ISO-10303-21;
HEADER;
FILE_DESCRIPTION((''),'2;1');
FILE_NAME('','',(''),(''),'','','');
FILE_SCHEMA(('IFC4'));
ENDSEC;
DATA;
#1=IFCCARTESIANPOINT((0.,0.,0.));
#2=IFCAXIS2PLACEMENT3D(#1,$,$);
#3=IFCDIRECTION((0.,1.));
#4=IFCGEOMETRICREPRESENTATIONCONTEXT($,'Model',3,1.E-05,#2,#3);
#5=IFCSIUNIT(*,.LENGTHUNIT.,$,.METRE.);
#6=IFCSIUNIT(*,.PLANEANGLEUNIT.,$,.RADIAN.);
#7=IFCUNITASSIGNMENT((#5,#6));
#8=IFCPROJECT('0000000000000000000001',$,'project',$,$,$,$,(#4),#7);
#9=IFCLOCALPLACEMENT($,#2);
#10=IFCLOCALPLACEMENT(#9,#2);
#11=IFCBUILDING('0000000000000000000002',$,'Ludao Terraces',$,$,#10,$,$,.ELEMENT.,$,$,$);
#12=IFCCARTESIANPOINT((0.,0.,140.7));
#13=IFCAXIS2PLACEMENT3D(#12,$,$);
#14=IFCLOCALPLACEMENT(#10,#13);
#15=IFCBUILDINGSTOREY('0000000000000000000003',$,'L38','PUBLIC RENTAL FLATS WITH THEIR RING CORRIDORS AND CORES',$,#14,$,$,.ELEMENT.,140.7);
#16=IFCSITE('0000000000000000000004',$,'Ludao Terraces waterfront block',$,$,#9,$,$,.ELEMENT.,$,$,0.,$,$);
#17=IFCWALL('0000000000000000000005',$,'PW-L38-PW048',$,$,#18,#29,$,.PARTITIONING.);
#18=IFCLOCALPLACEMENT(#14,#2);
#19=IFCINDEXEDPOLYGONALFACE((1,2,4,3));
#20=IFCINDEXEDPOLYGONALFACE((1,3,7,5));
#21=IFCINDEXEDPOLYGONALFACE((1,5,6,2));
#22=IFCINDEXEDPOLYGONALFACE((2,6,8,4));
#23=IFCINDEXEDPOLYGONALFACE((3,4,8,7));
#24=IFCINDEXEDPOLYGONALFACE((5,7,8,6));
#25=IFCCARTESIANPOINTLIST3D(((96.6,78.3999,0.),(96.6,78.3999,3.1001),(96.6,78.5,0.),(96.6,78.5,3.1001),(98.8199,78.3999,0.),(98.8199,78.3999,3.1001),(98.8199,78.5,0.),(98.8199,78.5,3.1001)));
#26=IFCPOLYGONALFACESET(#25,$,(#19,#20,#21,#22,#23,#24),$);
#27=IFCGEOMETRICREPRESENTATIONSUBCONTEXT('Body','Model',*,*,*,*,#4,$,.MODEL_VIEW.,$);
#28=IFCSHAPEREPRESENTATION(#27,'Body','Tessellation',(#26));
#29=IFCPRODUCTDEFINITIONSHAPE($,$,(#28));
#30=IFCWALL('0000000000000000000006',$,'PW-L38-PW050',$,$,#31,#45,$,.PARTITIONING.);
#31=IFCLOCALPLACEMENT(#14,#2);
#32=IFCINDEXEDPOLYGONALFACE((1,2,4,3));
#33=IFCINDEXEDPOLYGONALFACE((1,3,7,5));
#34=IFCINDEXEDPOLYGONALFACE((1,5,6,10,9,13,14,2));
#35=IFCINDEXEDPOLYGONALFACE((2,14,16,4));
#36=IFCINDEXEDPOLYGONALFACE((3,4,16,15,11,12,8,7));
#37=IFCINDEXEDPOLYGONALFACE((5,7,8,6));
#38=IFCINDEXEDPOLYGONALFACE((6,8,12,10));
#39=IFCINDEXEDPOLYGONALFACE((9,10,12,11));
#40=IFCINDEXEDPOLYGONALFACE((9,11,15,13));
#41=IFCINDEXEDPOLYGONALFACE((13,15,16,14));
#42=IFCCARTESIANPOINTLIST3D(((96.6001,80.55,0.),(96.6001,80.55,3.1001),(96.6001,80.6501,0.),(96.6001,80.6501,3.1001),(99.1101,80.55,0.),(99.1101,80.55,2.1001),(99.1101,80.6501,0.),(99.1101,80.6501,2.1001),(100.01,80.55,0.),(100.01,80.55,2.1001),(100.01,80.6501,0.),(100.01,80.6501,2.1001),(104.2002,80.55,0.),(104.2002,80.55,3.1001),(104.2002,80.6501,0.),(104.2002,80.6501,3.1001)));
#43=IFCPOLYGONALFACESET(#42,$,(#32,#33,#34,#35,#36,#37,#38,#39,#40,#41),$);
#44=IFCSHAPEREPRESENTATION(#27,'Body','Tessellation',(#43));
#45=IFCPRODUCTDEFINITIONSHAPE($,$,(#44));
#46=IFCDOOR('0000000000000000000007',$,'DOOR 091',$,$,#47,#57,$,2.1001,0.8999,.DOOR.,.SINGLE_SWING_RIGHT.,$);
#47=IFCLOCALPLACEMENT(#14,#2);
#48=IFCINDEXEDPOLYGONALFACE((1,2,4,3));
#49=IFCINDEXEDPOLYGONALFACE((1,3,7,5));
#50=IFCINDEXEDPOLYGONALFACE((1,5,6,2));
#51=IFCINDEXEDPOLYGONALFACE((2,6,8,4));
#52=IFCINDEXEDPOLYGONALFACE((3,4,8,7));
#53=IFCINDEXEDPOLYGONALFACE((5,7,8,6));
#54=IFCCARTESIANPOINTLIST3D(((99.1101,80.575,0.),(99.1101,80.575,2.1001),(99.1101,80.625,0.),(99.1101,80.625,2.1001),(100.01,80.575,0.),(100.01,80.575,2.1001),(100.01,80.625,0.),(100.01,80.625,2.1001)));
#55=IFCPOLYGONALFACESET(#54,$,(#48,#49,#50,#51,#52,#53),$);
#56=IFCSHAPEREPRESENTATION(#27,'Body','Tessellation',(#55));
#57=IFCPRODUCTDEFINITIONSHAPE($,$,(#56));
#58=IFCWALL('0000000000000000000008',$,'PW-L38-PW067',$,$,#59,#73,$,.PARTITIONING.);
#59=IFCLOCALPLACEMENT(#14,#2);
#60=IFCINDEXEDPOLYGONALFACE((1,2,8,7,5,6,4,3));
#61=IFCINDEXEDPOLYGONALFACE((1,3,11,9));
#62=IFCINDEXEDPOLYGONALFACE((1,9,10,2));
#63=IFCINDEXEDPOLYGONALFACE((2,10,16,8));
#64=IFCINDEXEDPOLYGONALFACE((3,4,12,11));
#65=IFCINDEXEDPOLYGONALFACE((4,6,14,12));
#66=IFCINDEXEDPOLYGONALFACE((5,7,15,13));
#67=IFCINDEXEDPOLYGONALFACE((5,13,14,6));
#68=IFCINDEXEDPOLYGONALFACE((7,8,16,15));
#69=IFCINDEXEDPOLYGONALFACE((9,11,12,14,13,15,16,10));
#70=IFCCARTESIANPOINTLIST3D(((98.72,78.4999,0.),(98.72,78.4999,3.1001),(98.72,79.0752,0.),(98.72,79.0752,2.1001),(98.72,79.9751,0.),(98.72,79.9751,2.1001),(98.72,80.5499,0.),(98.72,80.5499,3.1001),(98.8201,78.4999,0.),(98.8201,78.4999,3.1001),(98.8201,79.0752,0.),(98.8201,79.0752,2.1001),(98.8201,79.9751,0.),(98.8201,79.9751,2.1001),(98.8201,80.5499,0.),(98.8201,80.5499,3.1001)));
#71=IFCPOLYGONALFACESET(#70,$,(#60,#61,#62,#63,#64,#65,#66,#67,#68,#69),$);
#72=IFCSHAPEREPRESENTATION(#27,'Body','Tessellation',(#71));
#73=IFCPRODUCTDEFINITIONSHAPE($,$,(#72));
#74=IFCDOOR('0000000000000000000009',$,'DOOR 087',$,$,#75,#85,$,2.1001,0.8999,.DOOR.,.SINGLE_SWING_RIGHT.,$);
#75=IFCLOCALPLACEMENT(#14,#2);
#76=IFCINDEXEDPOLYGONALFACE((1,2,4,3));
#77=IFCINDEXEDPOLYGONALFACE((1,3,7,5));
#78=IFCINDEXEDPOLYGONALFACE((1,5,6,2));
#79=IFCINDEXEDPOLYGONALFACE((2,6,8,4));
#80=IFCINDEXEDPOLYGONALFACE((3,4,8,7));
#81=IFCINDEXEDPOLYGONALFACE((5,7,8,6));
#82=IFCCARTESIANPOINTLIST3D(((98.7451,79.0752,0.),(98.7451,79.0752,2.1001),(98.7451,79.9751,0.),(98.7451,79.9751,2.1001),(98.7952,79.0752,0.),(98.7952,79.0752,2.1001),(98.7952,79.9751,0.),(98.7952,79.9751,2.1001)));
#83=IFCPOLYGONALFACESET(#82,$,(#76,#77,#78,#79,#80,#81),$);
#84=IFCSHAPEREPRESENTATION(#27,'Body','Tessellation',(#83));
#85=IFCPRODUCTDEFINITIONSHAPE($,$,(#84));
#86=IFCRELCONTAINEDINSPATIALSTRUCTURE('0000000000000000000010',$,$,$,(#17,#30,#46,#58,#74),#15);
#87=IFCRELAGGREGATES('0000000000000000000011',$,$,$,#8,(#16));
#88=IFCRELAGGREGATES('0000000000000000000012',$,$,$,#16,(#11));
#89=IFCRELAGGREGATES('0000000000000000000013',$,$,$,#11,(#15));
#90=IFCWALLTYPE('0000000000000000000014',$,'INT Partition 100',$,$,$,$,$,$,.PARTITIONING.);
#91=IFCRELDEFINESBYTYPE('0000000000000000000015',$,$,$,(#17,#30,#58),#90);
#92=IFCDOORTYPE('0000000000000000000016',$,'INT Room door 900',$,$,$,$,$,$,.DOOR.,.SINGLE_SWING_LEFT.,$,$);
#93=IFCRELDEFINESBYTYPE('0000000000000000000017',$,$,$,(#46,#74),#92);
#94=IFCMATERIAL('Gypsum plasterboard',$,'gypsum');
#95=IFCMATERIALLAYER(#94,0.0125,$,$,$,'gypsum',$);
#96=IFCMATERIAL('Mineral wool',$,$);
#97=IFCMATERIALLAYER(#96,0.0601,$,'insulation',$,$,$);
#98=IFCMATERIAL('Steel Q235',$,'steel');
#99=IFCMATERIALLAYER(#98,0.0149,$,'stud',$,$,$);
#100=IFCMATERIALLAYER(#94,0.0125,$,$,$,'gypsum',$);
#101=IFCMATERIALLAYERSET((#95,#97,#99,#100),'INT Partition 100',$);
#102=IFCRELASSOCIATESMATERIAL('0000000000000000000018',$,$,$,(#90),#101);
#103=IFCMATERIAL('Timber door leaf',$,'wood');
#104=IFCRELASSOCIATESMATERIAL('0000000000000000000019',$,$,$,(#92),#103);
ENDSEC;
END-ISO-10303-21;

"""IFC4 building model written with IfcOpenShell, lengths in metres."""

from ifc_helpers import new_model, si_unit, direction, frame, frame_2d, origin, place, context, subcontext, project, spatial, rectangle, extrude, material, layer, layer_set, type_object, element, fill, save


model = new_model("IFC4")

# Units and contexts
model_context = context("Model", 3, precision=1e-05, world=origin(), true_north=direction((0.0, 1.0)))
body_context = subcontext(model_context, "Body", "Model", "MODEL_VIEW")
ifc_project = project(units=[si_unit("LENGTHUNIT", "METRE"), si_unit("PLANEANGLEUNIT", "RADIAN")], contexts=[model_context])

# Site, building, storey
site_placement = place(None, origin())
site = spatial("IfcSite", under=ifc_project, at=site_placement, Name="Ludao Terraces waterfront block", CompositionType="ELEMENT", RefElevation=0.0)
building_placement = place(site_placement, origin())
building = spatial("IfcBuilding", under=site, at=building_placement, Name="Ludao Terraces", CompositionType="ELEMENT")
storey_placement = place(building_placement, frame((0.0, 0.0, 140.7)))
storey = spatial("IfcBuildingStorey", under=building, at=storey_placement, Name="L38", Description="PUBLIC RENTAL FLATS WITH THEIR RING CORRIDORS AND CORES", CompositionType="ELEMENT", Elevation=140.7)

# Shared definitions
ifc_material_1 = material(Name="Steel Q235", Category="steel")

# Shared definitions
ifc_material_2 = material(Name="Mineral wool")

# Wall
ifc_material_3 = material(Name="Gypsum plasterboard", Category="gypsum")
ifc_layer_1 = layer(ifc_material_3, 0.0125, Category="gypsum")
ifc_layer_2 = layer(ifc_material_2, 0.0601, Name="insulation")
ifc_layer_3 = layer(ifc_material_1, 0.0149, Name="stud")
ifc_layer_4 = layer(ifc_material_3, 0.0125, Category="gypsum")
ifc_layer_set_1 = layer_set([ifc_layer_1, ifc_layer_2, ifc_layer_3, ifc_layer_4], Name="INT Partition 100")
wall_type_1 = type_object("IfcWallType", Name="INT Partition 100", PredefinedType="PARTITIONING", material=ifc_layer_set_1)
for number, where, z_axis, x_axis, name in (
    (1, (96.6001, 78.45, 0.0), (0.0, 0.0, 1.0), (1.0, 0.0, 0.0), "PW-L38-PW048"),
):
    element("IfcWall", number, at=place(storey_placement, frame(where, z_axis=z_axis, x_axis=x_axis)), inside=storey, type_object=wall_type_1, Name=name, PredefinedType="PARTITIONING", context=body_context, shape_type="SweptSolid", body=[
        extrude(rectangle(XDim=2.22, YDim=0.1001, at=frame_2d((1.1099, 0.0))), origin(), (0.0, 0.0, 1.0), 3.1001),
    ])

# Walls, openings, doors
wall_1_placement = place(storey_placement, frame((96.6001, 80.6001, 0.0), z_axis=(0.0, 0.0, 1.0), x_axis=(1.0, 0.0, 0.0)))
wall_1 = element("IfcWall", 2, at=wall_1_placement, inside=storey, type_object=wall_type_1, Name="PW-L38-PW050", PredefinedType="PARTITIONING", context=body_context, shape_type="SweptSolid", body=[
    extrude(rectangle(XDim=7.6001, YDim=0.1001, at=frame_2d((3.8, 0.0))), origin(), (0.0, 0.0, 1.0), 3.1001),
])
opening_1_placement = place(wall_1_placement, frame((2.51, 0.0, 0.0)))
opening_1 = element("IfcOpeningElement", 3, at=opening_1_placement, cuts=wall_1, PredefinedType="OPENING", context=body_context, shape_type="SweptSolid", body=[
    extrude(rectangle(XDim=0.8999, YDim=2.1001, at=frame_2d((0.45, 1.05))), frame((0.0, 0.0601, 0.0), z_axis=(0.0, -1.0, 0.0), x_axis=(1.0, 0.0, 0.0)), (0.0, 0.0, 1.0), 0.1201),
])
ifc_material_4 = material(Name="Timber door leaf", Category="wood")
door_type_1 = type_object("IfcDoorType", Name="INT Room door 900", OperationType="SINGLE_SWING_LEFT", PredefinedType="DOOR", material=ifc_material_4)
door_1_placement = place(opening_1_placement, origin())
door_1 = element("IfcDoor", 4, at=door_1_placement, inside=storey, type_object=door_type_1, Name="DOOR 091", OperationType="SINGLE_SWING_RIGHT", OverallHeight=2.1001, OverallWidth=0.8999, PredefinedType="DOOR", context=body_context, shape_type="SweptSolid", body=[
    extrude(rectangle(XDim=0.8999, YDim=2.1001, at=frame_2d((0.45, 1.05))), frame((0.0, 0.0249, 0.0), z_axis=(0.0, -1.0, 0.0), x_axis=(1.0, 0.0, 0.0)), (0.0, 0.0, 1.0), 0.05),
])
fill(opening_1, door_1)
wall_2_placement = place(storey_placement, frame((98.77, 78.5, 0.0), z_axis=(0.0, 0.0, 1.0), x_axis=(0.0, 1.0, 0.0)))
wall_2 = element("IfcWall", 5, at=wall_2_placement, inside=storey, type_object=wall_type_1, Name="PW-L38-PW067", PredefinedType="PARTITIONING", context=body_context, shape_type="SweptSolid", body=[
    extrude(rectangle(XDim=2.05, YDim=0.1001, at=frame_2d((1.0249, 0.0))), origin(), (0.0, 0.0, 1.0), 3.1001),
])
opening_2_placement = place(wall_2_placement, frame((0.5752, 0.0, 0.0)))
opening_2 = element("IfcOpeningElement", 6, at=opening_2_placement, cuts=wall_2, PredefinedType="OPENING", context=body_context, shape_type="SweptSolid", body=[
    extrude(rectangle(XDim=0.8999, YDim=2.1001, at=frame_2d((0.45, 1.05))), frame((0.0, 0.0601, 0.0), z_axis=(0.0, -1.0, 0.0), x_axis=(1.0, 0.0, 0.0)), (0.0, 0.0, 1.0), 0.1201),
])
door_2_placement = place(opening_2_placement, origin())
door_2 = element("IfcDoor", 7, at=door_2_placement, inside=storey, type_object=door_type_1, Name="DOOR 087", OperationType="SINGLE_SWING_RIGHT", OverallHeight=2.1001, OverallWidth=0.8999, PredefinedType="DOOR", context=body_context, shape_type="SweptSolid", body=[
    extrude(rectangle(XDim=0.8999, YDim=2.1001, at=frame_2d((0.45, 1.05))), frame((0.0, 0.0249, 0.0), z_axis=(0.0, -1.0, 0.0), x_axis=(1.0, 0.0, 0.0)), (0.0, 0.0, 1.0), 0.05),
])
fill(opening_2, door_2)

save(model, "model.ifc")
